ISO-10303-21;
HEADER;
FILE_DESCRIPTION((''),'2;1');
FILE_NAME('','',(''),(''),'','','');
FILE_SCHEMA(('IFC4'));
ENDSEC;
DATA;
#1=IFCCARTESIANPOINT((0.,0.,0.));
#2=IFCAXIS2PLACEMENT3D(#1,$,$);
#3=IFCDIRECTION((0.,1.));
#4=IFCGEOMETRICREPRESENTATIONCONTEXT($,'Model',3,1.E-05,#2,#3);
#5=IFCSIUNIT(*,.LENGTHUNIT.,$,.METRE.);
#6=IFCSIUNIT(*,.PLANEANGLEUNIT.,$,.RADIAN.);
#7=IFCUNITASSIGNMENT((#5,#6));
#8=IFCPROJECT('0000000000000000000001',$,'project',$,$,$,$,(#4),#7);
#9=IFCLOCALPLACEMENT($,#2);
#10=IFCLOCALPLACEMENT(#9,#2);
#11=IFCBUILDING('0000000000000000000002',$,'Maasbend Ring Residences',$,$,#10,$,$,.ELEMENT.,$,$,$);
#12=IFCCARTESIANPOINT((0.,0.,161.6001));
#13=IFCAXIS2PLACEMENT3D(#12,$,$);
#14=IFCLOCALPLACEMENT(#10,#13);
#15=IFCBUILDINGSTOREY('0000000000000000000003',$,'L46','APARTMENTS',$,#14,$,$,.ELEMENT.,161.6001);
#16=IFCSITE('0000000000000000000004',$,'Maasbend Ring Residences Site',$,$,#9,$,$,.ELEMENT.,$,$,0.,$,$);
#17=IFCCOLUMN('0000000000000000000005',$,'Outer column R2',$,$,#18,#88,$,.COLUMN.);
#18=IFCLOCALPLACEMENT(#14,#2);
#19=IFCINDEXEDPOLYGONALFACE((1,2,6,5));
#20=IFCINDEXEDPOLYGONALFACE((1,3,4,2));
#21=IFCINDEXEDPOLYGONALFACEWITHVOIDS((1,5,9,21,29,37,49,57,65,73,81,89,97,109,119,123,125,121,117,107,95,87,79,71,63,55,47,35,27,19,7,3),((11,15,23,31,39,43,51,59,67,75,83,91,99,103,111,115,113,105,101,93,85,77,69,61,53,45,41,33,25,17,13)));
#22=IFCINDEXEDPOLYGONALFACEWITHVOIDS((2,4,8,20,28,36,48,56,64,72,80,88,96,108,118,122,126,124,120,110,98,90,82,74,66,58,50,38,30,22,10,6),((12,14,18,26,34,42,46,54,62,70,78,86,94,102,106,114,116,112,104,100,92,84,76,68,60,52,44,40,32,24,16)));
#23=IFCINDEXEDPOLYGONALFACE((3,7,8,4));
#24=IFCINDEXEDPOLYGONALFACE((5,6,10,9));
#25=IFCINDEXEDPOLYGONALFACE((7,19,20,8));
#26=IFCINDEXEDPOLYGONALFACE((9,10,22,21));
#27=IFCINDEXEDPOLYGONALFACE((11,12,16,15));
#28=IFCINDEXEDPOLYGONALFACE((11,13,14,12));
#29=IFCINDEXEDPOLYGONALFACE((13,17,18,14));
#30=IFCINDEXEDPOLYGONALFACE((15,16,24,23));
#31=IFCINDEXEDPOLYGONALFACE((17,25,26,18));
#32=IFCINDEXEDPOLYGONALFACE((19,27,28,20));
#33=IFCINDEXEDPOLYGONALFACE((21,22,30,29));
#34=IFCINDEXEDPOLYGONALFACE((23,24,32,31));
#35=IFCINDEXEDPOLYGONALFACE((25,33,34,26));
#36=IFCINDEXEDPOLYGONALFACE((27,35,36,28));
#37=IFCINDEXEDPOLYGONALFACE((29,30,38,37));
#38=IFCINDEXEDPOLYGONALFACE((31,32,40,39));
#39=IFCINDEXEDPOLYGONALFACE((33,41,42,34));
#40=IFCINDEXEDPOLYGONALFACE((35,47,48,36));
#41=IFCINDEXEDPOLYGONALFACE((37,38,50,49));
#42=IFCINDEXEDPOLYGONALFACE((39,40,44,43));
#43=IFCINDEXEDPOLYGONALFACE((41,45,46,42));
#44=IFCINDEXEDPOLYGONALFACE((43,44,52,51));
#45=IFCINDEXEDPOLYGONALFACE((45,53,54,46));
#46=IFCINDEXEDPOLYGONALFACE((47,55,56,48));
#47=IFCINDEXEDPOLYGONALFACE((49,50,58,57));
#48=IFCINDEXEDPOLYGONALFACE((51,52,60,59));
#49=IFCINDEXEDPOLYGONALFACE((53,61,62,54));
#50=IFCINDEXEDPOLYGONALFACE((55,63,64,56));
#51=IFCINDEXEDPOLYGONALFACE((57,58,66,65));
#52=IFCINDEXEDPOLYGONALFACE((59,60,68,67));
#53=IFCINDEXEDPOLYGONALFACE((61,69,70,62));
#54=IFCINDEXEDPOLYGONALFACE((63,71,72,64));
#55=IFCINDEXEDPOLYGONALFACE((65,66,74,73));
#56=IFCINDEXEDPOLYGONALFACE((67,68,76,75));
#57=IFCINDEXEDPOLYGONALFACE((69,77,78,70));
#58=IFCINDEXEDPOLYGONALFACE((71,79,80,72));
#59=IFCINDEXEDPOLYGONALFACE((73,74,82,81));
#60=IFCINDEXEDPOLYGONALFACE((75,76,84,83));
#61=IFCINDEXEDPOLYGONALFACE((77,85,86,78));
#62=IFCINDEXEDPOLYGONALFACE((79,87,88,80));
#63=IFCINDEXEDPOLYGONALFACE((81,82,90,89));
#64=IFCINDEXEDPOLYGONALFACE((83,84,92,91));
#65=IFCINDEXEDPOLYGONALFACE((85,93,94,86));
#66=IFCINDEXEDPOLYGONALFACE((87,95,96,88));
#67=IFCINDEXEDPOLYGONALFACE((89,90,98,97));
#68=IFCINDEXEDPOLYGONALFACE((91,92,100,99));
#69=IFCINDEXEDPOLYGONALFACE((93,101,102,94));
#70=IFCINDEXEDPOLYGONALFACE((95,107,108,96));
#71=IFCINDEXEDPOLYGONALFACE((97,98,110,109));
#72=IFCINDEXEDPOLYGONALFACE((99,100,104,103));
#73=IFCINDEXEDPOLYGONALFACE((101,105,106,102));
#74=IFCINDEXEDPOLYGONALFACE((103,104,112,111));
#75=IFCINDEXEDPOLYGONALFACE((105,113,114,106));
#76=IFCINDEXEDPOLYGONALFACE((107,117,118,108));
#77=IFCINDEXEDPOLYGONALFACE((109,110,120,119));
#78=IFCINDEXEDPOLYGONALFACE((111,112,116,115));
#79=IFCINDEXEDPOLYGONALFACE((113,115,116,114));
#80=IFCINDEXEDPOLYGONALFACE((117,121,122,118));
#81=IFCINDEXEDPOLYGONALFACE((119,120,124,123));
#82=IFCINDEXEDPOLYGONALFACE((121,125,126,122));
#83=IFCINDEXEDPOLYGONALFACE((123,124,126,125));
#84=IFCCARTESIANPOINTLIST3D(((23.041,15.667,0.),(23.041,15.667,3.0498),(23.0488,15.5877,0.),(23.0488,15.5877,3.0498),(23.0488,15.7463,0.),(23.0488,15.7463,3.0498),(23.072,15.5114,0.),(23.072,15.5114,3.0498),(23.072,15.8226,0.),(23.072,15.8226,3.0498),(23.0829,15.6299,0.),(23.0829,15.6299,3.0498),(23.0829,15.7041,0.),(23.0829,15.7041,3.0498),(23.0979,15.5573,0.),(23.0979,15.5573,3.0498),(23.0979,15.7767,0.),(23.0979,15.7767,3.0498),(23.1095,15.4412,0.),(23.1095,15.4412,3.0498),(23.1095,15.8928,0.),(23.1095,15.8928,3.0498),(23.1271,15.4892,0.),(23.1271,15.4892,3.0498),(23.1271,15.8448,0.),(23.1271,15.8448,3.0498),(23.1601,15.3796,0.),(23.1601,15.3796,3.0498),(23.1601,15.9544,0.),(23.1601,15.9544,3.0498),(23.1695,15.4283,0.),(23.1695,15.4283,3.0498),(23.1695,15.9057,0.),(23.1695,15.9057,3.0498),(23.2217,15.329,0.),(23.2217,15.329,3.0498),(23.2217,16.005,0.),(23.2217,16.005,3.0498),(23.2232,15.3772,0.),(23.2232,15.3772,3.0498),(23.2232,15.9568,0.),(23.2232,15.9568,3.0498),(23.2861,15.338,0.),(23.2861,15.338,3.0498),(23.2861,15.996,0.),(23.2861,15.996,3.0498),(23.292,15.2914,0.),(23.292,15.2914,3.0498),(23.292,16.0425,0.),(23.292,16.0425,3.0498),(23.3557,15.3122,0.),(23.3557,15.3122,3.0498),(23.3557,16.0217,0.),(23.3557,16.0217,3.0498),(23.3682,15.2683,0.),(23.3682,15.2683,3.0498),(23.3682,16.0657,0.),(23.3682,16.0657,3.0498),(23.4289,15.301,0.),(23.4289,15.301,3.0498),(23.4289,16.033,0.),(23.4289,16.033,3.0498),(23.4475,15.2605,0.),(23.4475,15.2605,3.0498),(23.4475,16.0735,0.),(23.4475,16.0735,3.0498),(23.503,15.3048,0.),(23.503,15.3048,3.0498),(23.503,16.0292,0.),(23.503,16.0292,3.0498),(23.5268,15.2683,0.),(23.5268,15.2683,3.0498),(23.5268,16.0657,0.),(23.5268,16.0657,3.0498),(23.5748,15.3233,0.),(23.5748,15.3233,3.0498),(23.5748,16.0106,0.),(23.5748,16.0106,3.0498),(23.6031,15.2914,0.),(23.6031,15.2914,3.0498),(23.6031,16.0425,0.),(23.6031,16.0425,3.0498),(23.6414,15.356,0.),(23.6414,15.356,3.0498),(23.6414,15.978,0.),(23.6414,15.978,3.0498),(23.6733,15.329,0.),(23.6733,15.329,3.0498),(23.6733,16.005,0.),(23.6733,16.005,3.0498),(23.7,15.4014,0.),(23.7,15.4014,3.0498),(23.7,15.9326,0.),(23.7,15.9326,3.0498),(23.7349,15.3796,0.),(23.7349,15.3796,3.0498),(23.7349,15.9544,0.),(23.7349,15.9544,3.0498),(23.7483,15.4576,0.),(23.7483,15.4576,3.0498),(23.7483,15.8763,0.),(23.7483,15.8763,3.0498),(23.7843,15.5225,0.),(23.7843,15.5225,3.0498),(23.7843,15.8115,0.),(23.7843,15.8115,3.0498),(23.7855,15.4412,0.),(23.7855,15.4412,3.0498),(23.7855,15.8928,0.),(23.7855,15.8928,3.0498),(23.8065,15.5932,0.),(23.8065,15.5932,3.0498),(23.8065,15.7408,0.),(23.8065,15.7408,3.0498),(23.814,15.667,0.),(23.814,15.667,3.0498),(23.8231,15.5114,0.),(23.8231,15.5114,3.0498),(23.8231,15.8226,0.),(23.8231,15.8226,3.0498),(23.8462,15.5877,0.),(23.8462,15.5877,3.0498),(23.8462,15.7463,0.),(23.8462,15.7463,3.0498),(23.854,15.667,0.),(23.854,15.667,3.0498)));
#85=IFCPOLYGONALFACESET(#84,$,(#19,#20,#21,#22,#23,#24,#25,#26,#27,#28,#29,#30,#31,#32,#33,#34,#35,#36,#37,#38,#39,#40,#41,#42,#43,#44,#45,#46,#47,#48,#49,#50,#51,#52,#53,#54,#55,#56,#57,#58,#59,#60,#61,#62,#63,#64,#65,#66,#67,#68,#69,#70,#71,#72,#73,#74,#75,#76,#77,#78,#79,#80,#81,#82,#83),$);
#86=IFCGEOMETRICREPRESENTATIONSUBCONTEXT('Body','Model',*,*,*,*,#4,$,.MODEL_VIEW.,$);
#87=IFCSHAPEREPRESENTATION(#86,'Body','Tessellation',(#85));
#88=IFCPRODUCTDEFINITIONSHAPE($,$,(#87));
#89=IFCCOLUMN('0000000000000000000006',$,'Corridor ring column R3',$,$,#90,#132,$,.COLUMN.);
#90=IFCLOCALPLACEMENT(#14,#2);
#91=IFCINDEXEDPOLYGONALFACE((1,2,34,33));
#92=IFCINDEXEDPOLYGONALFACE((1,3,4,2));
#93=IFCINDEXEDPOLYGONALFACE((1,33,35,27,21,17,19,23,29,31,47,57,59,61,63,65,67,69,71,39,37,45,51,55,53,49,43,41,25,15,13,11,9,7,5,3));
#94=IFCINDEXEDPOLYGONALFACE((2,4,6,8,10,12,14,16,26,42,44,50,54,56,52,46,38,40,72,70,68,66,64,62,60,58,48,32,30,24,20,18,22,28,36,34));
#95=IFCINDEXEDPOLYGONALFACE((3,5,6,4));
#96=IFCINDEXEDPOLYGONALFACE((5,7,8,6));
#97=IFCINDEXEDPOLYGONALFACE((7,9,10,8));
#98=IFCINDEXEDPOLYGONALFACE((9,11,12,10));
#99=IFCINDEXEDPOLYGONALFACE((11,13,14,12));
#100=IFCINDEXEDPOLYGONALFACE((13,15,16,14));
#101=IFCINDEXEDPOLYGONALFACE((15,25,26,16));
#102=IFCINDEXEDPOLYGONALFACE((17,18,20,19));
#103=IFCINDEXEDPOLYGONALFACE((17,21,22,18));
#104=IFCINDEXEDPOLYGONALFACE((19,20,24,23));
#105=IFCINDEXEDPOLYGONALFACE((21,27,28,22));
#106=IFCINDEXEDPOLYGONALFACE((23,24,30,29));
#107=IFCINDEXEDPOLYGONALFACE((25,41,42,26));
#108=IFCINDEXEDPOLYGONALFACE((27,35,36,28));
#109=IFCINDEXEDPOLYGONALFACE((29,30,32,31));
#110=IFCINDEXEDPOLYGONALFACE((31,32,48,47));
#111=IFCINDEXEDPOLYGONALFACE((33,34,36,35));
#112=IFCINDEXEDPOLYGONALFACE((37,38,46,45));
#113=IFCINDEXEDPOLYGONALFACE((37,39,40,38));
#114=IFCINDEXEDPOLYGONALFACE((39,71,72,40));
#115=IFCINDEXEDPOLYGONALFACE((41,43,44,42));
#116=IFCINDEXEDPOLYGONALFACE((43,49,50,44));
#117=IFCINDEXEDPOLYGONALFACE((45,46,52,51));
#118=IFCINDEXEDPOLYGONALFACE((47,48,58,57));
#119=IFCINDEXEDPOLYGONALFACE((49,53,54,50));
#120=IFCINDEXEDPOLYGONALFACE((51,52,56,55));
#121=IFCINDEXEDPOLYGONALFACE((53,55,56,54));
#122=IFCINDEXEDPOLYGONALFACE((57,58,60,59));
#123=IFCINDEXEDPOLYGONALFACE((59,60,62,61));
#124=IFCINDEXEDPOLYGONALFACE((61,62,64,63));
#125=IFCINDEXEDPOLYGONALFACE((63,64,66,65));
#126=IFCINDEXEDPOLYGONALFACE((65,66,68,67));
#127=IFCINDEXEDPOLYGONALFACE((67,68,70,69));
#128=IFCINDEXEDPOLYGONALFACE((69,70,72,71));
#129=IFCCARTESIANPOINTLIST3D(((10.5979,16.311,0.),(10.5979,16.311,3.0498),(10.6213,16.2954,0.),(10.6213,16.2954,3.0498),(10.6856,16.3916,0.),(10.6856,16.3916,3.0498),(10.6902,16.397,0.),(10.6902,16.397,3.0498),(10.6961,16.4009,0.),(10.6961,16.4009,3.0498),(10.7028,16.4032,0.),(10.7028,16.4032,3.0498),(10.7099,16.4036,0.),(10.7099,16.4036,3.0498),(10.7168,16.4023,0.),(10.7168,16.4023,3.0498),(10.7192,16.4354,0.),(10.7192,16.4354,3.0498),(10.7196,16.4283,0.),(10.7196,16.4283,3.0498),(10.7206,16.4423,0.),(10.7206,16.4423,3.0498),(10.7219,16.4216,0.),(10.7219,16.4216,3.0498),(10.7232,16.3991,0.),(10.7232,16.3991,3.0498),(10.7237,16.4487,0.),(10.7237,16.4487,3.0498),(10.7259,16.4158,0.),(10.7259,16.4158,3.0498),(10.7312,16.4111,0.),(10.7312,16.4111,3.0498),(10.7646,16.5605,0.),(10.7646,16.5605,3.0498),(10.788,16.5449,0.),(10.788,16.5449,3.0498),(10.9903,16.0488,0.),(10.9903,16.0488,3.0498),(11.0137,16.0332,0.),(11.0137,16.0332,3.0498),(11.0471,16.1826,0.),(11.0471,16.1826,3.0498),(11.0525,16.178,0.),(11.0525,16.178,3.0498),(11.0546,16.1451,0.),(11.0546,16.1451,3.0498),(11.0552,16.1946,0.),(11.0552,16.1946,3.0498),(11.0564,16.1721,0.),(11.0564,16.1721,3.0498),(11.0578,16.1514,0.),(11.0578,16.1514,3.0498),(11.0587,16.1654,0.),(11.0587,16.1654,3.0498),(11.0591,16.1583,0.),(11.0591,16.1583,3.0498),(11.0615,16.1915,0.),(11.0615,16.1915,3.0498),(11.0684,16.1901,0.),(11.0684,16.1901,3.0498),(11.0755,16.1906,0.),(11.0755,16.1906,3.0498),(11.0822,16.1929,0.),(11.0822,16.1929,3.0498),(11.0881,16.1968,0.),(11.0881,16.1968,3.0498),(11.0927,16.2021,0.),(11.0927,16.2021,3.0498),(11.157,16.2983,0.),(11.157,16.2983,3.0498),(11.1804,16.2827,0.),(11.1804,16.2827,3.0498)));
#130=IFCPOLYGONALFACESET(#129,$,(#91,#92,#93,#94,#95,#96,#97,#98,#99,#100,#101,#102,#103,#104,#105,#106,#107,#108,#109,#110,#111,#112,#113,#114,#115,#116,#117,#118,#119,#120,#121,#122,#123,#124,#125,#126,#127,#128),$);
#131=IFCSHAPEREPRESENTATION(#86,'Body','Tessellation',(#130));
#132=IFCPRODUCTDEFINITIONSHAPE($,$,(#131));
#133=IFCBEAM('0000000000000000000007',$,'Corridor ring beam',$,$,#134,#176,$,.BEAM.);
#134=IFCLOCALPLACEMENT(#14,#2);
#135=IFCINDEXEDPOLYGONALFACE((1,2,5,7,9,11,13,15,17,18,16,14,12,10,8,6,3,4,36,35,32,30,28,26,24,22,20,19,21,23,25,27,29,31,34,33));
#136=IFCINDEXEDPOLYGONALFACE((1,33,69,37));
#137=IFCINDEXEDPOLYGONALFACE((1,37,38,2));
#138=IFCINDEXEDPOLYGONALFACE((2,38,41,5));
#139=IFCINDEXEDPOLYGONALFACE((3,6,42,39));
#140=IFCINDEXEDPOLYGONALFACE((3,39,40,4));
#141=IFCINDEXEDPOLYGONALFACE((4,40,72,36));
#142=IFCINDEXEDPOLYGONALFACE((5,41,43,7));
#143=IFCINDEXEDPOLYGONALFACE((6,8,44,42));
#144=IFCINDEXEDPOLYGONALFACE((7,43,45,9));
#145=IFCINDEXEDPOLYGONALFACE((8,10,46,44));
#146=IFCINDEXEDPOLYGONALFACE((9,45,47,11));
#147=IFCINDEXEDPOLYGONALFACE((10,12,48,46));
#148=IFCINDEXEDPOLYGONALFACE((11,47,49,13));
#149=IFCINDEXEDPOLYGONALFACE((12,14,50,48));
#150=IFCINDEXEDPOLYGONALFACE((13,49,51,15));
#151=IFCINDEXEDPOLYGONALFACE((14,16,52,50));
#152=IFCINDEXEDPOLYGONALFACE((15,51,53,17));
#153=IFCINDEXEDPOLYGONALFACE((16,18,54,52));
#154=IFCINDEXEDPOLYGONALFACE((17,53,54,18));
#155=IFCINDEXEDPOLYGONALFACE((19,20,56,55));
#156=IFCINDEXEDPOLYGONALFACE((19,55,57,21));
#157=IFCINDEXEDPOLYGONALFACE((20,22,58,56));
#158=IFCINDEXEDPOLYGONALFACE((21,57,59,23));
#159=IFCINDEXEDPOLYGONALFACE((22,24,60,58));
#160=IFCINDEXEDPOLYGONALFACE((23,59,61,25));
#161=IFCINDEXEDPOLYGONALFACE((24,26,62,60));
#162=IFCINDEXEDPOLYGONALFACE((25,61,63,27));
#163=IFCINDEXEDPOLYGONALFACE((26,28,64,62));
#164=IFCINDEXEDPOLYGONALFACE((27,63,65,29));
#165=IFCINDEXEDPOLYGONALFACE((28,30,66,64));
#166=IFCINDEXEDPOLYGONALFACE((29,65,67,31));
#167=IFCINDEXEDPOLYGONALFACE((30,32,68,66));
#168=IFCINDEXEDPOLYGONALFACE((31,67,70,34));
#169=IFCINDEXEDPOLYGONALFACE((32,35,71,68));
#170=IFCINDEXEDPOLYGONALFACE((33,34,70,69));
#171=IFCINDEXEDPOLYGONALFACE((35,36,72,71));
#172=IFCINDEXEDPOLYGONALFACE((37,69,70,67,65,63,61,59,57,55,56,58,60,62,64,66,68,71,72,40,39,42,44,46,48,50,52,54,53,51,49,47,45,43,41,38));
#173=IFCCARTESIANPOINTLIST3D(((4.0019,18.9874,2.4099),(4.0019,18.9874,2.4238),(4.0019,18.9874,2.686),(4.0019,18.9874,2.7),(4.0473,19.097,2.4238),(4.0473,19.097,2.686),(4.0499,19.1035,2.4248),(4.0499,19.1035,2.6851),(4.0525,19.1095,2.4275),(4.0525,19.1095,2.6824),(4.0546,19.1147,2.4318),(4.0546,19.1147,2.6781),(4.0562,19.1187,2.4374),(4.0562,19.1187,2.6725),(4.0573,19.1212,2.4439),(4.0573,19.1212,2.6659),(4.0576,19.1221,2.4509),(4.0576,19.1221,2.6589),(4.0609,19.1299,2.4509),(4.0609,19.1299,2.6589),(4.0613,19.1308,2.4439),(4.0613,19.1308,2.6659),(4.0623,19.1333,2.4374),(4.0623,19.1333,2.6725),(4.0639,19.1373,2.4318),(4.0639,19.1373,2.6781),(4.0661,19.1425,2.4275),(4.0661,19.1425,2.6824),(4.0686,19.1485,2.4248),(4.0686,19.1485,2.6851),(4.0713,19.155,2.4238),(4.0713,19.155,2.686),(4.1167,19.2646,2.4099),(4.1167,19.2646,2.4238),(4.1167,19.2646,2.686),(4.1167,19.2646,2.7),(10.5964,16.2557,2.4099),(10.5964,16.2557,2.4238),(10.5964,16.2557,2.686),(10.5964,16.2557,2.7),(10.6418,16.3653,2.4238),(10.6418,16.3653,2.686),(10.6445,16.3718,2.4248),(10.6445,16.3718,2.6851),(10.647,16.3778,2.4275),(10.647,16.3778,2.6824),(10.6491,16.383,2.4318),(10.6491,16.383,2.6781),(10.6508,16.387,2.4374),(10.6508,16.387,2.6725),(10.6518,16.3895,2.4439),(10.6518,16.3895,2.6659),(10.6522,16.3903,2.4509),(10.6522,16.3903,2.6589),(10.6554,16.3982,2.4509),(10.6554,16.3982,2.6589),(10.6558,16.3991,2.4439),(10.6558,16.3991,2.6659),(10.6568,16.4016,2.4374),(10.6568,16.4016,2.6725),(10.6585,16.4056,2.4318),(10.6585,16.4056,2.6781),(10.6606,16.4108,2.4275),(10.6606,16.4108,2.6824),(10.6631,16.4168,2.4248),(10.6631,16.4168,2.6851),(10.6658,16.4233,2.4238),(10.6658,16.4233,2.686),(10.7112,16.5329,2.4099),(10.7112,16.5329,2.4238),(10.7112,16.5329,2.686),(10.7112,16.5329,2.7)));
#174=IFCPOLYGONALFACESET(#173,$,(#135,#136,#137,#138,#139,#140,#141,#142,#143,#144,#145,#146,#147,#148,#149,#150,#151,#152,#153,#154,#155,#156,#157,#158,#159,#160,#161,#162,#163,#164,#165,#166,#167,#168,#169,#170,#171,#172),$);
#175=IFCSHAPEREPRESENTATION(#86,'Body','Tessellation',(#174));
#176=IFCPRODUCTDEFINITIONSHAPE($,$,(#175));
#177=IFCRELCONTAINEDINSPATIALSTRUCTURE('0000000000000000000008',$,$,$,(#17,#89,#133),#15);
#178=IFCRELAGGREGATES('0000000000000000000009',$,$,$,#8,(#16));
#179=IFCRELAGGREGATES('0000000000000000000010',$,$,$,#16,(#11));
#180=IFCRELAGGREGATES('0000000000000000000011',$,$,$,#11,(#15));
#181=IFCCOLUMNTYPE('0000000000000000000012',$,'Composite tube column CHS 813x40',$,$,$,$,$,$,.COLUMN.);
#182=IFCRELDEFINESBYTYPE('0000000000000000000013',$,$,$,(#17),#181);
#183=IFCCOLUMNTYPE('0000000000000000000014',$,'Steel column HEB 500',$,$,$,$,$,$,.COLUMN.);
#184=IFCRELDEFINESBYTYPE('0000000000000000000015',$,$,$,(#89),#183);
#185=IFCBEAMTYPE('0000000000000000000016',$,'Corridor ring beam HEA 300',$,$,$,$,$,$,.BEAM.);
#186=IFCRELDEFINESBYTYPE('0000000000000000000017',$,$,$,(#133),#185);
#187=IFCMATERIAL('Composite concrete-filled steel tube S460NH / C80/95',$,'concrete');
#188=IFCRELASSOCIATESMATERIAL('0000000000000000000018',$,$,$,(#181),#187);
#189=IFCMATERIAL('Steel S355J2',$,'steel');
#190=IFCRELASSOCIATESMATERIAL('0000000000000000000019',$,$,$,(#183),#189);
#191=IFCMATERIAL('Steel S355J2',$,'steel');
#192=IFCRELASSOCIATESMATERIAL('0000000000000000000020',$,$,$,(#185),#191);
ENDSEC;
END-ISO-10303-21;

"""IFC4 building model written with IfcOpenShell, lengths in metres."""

from ifc_helpers import new_model, si_unit, direction, frame, origin, origin_2d, place, context, subcontext, project, spatial, hollow_circle, i_section, extrude, material, material_profile, profile_set, type_object, element, save


model = new_model("IFC4")

# Units and contexts
model_context = context("Model", 3, precision=1e-05, world=origin(), true_north=direction((0.0, 1.0)))
body_context = subcontext(model_context, "Body", "Model", "MODEL_VIEW")
ifc_project = project(units=[si_unit("LENGTHUNIT", "METRE"), si_unit("PLANEANGLEUNIT", "RADIAN")], contexts=[model_context])

# Site, building, storey
site_placement = place(None, origin())
site = spatial("IfcSite", under=ifc_project, at=site_placement, Name="Maasbend Ring Residences Site", CompositionType="ELEMENT", RefElevation=0.0)
building_placement = place(site_placement, origin())
building = spatial("IfcBuilding", under=site, at=building_placement, Name="Maasbend Ring Residences", CompositionType="ELEMENT")
storey_placement = place(building_placement, frame((0.0, 0.0, 161.6001)))
storey = spatial("IfcBuildingStorey", under=building, at=storey_placement, Name="L46", Description="APARTMENTS", CompositionType="ELEMENT", Elevation=161.6001)

# Columns
ifc_material_1 = material(Name="Composite concrete-filled steel tube S460NH / C80/95", Category="concrete")
ifc_material_profile_1 = material_profile(ifc_material_1, hollow_circle(Radius=0.4065, WallThickness=0.04, at=origin_2d()), Name="Composite tube column CHS 813x40")
ifc_profile_set_1 = profile_set([ifc_material_profile_1], Name="Composite concrete-filled steel tube S460NH / C80/95")
column_type_1 = type_object("IfcColumnType", Name="Composite tube column CHS 813x40", PredefinedType="COLUMN", material=ifc_profile_set_1)
column_1_placement = place(storey_placement, frame((23.4475, 15.667, 0.0), z_axis=(0.0, 0.0, 1.0), x_axis=(1.0, 0.0, 0.0)))
element("IfcColumn", 1, at=column_1_placement, inside=storey, type_object=column_type_1, Name="Outer column R2", PredefinedType="COLUMN", context=body_context, shape_type="SweptSolid", body=[
    extrude(hollow_circle(Radius=0.4065, WallThickness=0.04, at=origin_2d()), origin(), (0.0, 0.0, 1.0), 3.0498),
])
ifc_material_2 = material(Name="Steel S355J2", Category="steel")
ifc_material_profile_2 = material_profile(ifc_material_2, i_section(OverallWidth=0.3, OverallDepth=0.5, WebThickness=0.0144, FlangeThickness=0.0281, FilletRadius=0.0271, at=origin_2d()), Name="HEB 500")
ifc_profile_set_2 = profile_set([ifc_material_profile_2], Name="Steel S355J2")
column_type_2 = type_object("IfcColumnType", Name="Steel column HEB 500", PredefinedType="COLUMN", material=ifc_profile_set_2)
column_2_placement = place(storey_placement, frame((10.8892, 16.2969, 0.0), z_axis=(0.0, 0.0, 1.0), x_axis=(0.55557, 0.83147, 0.0)))
element("IfcColumn", 2, at=column_2_placement, inside=storey, type_object=column_type_2, Name="Corridor ring column R3", PredefinedType="COLUMN", context=body_context, shape_type="SweptSolid", body=[
    extrude(i_section(OverallWidth=0.3, OverallDepth=0.5, WebThickness=0.0144, FlangeThickness=0.0281, FilletRadius=0.0271, at=origin_2d()), origin(), (0.0, 0.0, 1.0), 3.0498),
])

# Beam
ifc_material_3 = material(Name="Steel S355J2", Category="steel")
ifc_material_profile_3 = material_profile(ifc_material_3, i_section(OverallWidth=0.3, OverallDepth=0.29, WebThickness=0.0085, FlangeThickness=0.0139, FilletRadius=0.0271, at=origin_2d()), Name="HEA 300")
ifc_profile_set_3 = profile_set([ifc_material_profile_3], Name="Steel S355J2")
beam_type_1 = type_object("IfcBeamType", Name="Corridor ring beam HEA 300", PredefinedType="BEAM", material=ifc_profile_set_3)
beam_1_placement = place(storey_placement, frame((10.6538, 16.3943, 2.5549), z_axis=(-0.923871, 0.382703, 0.0), x_axis=(-0.382703, -0.923871, 0.0)))
element("IfcBeam", 3, at=beam_1_placement, inside=storey, type_object=beam_type_1, Name="Corridor ring beam", PredefinedType="BEAM", context=body_context, shape_type="SweptSolid", body=[
    extrude(i_section(OverallWidth=0.3, OverallDepth=0.29, WebThickness=0.0085, FlangeThickness=0.0139, FilletRadius=0.0271, at=origin_2d()), origin(), (0.0, 0.0, 1.0), 7.1379),
])

save(model, "model.ifc")
